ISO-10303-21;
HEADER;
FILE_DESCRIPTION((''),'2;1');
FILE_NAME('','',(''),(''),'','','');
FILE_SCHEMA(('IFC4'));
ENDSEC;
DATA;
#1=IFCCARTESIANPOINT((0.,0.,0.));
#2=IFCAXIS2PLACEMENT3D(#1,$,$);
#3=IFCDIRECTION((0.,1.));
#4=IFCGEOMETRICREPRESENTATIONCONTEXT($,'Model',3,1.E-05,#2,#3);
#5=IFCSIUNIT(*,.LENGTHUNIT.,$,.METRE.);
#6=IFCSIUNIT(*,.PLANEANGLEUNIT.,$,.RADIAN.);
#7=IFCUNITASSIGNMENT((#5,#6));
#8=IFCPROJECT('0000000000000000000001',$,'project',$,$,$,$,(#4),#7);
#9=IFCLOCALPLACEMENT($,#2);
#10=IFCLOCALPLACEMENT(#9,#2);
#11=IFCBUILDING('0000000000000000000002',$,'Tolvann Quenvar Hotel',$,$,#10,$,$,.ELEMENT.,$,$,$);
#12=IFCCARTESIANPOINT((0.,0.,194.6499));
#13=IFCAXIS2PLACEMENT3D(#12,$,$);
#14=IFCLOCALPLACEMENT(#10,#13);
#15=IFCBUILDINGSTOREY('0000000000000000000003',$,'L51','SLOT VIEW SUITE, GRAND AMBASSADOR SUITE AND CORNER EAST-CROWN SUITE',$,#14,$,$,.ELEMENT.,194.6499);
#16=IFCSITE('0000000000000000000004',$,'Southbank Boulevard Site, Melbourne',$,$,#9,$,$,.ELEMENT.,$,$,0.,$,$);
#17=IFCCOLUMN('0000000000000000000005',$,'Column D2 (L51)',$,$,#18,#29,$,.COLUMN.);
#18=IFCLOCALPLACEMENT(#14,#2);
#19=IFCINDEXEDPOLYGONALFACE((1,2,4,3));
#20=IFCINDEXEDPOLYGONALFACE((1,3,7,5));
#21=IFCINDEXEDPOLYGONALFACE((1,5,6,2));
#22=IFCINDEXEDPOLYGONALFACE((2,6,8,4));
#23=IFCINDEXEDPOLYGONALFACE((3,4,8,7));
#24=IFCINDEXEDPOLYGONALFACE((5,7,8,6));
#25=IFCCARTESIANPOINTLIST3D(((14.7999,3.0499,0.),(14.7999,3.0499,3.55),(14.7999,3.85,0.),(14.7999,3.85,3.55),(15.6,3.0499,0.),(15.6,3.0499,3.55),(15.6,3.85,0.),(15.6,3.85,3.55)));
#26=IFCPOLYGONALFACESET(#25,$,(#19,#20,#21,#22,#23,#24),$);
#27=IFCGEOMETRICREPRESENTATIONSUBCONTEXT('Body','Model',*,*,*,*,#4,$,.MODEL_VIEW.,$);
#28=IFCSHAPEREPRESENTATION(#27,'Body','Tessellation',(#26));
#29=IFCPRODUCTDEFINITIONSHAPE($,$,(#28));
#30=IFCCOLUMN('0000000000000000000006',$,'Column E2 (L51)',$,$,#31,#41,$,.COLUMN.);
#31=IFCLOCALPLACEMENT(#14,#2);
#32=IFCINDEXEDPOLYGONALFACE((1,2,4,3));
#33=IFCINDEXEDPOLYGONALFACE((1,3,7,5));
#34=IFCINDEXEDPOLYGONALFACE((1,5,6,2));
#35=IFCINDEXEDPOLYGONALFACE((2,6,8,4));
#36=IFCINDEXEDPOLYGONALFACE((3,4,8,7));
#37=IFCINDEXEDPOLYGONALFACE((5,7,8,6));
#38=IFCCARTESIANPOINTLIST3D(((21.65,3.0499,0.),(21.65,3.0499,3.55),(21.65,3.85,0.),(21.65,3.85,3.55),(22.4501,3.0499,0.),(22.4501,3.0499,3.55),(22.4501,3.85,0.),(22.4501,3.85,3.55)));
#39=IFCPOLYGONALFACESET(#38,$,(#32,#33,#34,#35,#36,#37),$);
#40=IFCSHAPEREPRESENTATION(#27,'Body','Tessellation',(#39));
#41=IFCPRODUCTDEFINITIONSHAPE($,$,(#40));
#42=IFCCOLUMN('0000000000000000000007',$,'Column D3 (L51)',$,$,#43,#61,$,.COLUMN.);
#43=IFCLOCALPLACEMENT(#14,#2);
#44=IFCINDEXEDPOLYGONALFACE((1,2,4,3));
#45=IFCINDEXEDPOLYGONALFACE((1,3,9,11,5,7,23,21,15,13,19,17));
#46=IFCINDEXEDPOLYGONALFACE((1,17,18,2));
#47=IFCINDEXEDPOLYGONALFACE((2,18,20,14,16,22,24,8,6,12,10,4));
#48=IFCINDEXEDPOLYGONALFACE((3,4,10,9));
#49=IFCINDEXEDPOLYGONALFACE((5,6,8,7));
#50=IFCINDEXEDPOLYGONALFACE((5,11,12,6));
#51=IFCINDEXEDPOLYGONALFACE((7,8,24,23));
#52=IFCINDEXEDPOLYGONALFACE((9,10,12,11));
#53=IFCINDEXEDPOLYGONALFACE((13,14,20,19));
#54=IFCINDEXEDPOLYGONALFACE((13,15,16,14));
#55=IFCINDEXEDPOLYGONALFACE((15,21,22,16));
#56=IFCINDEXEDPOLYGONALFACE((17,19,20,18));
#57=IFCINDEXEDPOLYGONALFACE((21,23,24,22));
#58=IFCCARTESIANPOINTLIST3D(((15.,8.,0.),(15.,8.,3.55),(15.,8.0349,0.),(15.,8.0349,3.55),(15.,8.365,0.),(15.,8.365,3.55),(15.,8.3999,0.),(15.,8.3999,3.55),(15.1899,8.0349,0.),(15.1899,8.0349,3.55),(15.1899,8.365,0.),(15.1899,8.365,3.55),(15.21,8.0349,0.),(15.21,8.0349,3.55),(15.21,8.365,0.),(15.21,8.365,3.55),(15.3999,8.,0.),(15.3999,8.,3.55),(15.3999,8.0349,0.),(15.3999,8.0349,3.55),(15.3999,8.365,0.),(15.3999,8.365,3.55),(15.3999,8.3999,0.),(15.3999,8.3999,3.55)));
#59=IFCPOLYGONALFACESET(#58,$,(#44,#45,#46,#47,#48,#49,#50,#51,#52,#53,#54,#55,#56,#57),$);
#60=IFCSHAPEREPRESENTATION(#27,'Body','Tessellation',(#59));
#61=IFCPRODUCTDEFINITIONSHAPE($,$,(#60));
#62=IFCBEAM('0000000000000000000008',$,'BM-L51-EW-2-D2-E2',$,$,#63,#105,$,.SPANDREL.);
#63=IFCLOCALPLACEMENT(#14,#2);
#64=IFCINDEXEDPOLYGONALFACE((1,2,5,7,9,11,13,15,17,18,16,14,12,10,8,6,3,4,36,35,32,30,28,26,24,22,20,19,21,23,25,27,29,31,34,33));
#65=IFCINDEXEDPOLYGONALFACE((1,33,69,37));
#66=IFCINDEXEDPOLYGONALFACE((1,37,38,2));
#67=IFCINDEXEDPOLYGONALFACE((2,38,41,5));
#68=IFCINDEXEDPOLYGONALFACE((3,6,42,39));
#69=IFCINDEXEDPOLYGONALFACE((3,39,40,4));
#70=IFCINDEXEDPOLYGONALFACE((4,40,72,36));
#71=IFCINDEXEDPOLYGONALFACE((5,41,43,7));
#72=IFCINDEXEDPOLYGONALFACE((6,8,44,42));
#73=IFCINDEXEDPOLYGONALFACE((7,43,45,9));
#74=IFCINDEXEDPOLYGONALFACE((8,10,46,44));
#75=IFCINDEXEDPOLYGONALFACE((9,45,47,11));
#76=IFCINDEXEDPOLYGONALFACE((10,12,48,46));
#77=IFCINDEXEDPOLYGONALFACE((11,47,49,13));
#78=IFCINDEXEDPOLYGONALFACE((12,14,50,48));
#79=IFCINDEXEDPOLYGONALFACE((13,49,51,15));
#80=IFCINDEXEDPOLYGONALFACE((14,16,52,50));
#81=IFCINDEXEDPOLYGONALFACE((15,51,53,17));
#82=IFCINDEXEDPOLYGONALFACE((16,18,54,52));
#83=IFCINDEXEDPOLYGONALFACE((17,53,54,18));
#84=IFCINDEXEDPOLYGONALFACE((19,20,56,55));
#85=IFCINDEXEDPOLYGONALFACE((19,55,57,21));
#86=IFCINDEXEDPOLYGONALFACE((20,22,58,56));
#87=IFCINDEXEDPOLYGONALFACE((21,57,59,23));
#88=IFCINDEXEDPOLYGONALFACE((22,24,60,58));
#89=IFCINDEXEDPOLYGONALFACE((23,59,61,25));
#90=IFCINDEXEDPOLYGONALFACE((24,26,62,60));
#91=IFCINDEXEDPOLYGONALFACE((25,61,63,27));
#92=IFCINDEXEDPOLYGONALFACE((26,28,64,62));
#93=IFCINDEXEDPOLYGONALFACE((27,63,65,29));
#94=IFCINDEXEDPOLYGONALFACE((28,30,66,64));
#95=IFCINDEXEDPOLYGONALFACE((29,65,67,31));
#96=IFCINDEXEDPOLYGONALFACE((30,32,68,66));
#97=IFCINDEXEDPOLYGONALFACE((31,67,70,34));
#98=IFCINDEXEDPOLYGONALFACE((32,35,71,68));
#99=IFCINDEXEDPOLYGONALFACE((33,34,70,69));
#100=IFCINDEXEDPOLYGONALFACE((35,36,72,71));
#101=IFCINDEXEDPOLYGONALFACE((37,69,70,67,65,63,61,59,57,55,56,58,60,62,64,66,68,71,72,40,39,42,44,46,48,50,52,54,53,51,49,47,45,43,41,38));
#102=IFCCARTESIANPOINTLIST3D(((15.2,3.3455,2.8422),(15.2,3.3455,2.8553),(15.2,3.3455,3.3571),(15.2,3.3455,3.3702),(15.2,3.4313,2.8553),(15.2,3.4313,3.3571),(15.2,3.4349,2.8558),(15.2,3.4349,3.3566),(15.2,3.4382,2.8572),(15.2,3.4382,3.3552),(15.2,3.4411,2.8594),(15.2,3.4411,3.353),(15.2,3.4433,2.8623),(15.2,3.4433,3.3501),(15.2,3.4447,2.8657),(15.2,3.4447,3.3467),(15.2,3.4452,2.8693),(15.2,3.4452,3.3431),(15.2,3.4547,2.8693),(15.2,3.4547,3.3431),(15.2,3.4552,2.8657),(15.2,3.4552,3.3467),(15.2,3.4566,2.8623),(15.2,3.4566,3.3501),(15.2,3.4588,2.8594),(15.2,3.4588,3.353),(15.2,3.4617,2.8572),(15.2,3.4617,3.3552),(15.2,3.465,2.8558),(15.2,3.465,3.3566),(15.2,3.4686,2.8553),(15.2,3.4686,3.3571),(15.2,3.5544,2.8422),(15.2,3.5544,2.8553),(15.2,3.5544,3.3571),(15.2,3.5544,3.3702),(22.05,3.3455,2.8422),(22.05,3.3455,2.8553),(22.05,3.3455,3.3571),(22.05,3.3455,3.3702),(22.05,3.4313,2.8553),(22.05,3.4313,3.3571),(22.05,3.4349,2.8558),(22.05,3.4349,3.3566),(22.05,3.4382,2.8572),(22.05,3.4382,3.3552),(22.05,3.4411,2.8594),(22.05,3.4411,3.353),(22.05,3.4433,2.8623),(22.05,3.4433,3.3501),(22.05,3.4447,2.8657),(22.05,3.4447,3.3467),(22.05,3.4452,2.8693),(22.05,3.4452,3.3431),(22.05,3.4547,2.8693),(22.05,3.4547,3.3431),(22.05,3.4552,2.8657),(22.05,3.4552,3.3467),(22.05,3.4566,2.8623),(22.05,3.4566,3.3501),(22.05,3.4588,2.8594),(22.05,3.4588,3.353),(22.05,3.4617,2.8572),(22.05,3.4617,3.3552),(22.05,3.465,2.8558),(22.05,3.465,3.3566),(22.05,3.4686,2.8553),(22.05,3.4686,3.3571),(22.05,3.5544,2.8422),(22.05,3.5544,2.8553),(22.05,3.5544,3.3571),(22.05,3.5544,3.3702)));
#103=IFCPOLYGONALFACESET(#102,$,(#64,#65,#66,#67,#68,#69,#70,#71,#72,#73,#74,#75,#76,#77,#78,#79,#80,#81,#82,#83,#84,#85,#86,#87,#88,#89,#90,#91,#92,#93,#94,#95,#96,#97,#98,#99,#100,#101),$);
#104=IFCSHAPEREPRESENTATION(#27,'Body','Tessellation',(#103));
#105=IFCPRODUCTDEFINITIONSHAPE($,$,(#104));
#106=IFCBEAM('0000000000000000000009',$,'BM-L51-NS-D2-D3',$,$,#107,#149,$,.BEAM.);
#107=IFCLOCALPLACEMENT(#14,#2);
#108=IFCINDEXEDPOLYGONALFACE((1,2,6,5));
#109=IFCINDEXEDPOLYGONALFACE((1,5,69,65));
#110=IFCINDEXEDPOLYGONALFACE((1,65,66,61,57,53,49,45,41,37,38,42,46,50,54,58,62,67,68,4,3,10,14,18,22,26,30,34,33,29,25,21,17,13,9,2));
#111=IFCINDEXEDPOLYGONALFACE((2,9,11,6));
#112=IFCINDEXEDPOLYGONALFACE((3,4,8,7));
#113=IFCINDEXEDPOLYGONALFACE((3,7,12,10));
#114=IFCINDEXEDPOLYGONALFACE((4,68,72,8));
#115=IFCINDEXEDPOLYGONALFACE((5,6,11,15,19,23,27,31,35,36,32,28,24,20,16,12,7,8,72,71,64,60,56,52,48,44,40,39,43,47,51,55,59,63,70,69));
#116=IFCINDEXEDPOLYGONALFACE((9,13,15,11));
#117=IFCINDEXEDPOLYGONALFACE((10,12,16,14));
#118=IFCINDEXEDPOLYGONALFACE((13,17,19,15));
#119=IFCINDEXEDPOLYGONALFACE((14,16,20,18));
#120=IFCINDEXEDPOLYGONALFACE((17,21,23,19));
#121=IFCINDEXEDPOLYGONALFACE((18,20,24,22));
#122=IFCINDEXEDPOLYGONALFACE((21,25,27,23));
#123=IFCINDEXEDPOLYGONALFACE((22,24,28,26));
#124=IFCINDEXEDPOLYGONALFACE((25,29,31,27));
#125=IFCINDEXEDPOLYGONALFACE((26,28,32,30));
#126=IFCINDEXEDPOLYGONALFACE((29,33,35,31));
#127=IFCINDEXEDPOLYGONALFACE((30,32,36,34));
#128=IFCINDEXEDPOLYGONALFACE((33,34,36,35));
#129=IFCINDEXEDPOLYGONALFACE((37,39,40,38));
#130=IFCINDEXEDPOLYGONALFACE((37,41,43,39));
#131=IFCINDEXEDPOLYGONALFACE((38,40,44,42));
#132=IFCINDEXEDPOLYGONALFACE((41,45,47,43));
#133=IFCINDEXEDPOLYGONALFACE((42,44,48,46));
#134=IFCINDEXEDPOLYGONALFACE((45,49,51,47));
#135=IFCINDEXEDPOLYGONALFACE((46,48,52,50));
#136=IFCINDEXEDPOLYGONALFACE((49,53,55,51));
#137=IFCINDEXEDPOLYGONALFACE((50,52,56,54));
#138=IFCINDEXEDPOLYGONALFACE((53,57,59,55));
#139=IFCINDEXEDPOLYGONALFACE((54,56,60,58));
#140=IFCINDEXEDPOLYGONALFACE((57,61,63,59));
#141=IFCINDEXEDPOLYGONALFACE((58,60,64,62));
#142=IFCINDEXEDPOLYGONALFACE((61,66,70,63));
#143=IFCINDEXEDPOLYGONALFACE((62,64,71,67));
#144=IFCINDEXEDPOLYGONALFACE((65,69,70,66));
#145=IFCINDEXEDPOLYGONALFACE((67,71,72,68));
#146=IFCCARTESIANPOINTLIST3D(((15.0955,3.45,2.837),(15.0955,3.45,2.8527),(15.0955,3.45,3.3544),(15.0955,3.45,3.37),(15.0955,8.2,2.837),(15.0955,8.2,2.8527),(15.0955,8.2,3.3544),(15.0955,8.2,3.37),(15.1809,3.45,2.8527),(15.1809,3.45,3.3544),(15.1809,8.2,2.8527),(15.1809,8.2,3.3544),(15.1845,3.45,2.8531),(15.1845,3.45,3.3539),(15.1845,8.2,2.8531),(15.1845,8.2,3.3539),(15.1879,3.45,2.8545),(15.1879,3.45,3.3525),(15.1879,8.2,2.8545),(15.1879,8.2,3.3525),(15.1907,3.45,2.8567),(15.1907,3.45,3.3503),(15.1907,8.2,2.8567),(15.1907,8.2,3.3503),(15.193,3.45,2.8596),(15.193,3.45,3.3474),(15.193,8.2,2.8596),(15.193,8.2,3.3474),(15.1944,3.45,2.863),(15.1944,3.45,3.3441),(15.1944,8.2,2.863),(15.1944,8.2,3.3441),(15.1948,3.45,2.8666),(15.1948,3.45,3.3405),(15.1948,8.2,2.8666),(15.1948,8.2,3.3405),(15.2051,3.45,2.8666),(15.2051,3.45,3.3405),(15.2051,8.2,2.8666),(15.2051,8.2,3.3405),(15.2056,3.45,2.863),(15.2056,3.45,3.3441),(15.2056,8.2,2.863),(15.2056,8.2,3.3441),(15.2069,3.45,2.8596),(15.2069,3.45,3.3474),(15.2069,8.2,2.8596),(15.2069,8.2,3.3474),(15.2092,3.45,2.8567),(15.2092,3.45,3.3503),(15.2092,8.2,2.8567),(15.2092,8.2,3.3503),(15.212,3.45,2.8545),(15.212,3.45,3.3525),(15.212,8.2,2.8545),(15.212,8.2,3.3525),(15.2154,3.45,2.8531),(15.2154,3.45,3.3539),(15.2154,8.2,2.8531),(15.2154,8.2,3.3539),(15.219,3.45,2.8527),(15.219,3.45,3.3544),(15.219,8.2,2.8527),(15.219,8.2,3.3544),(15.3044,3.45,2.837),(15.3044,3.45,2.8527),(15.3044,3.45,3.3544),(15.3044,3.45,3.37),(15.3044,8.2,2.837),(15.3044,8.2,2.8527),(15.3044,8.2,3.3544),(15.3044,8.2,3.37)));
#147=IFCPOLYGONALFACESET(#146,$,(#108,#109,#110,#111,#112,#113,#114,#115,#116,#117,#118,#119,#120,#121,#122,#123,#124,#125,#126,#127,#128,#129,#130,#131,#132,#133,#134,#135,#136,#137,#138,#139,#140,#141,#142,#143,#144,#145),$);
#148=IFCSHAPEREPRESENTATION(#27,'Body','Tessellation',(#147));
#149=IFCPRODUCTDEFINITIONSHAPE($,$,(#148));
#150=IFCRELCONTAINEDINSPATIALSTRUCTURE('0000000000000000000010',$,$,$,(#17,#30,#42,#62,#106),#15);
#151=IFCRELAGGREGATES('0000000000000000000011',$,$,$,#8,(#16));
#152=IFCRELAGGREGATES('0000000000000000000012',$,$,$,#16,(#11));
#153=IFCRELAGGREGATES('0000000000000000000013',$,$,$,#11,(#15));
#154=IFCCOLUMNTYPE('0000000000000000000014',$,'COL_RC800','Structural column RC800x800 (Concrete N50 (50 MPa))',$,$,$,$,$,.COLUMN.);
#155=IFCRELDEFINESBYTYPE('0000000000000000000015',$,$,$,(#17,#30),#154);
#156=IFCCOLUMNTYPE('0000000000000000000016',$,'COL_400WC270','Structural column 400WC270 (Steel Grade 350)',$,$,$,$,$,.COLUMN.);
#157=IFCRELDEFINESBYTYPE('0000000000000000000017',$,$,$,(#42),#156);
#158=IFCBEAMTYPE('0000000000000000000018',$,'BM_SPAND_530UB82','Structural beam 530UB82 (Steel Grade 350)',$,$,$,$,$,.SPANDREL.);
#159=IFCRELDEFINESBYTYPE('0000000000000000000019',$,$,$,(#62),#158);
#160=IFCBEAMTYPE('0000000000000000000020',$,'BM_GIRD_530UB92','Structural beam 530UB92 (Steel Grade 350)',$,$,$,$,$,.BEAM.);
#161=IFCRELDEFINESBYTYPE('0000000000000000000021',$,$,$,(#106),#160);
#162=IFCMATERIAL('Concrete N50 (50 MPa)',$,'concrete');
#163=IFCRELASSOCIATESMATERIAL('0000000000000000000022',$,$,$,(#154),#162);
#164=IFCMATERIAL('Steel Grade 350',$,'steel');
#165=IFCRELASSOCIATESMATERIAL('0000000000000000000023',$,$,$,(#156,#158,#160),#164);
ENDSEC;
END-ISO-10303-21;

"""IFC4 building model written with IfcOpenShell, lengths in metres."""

from ifc_helpers import new_model, si_unit, direction, frame, origin, origin_2d, place, context, subcontext, project, spatial, rectangle, i_section, extrude, source, transform, mapped, material, material_profile, profile_set, type_object, type_shapes, element, save


model = new_model("IFC4")

# Units and contexts
model_context = context("Model", 3, precision=1e-05, world=origin(), true_north=direction((0.0, 1.0)))
body_context = subcontext(model_context, "Body", "Model", "MODEL_VIEW")
ifc_project = project(units=[si_unit("LENGTHUNIT", "METRE"), si_unit("PLANEANGLEUNIT", "RADIAN")], contexts=[model_context])

# Site, building, storey
site_placement = place(None, origin())
site = spatial("IfcSite", under=ifc_project, at=site_placement, Name="Southbank Boulevard Site, Melbourne", CompositionType="ELEMENT", RefElevation=0.0)
building_placement = place(site_placement, origin())
building = spatial("IfcBuilding", under=site, at=building_placement, Name="Tolvann Quenvar Hotel", CompositionType="ELEMENT")
storey_placement = place(building_placement, frame((0.0, 0.0, 194.6499)))
storey = spatial("IfcBuildingStorey", under=building, at=storey_placement, Name="L51", Description="SLOT VIEW SUITE, GRAND AMBASSADOR SUITE AND CORNER EAST-CROWN SUITE", CompositionType="ELEMENT", Elevation=194.6499)

# Columns
ifc_material_1 = material(Name="Concrete N50 (50 MPa)", Category="concrete")
ifc_material_profile_1 = material_profile(ifc_material_1, rectangle(XDim=0.8, YDim=0.8, at=origin_2d()), Name="RC800x800")
ifc_profile_set_1 = profile_set([ifc_material_profile_1], Name="Concrete N50 (50 MPa)")
column_type_1 = type_object("IfcColumnType", Name="COL_RC800", Description="Structural column RC800x800 (Concrete N50 (50 MPa))", PredefinedType="COLUMN", material=ifc_profile_set_1)
shared_shape_1 = source(origin(), body_context, "Body", "SweptSolid", [
    extrude(rectangle(XDim=0.8, YDim=0.8, at=origin_2d()), origin(), (0.0, 0.0, 1.0), 3.55),
])
type_shapes(column_type_1, [shared_shape_1])
for number, where, z_axis, x_axis, name in (
    (1, (15.2, 3.45, 0.0), (0.0, 0.0, 1.0), (1.0, 0.0, 0.0), "Column D2 (L51)"),
    (2, (22.05, 3.45, 0.0), (0.0, 0.0, 1.0), (1.0, 0.0, 0.0), "Column E2 (L51)"),
):
    element("IfcColumn", number, at=place(storey_placement, frame(where, z_axis=z_axis, x_axis=x_axis)), inside=storey, type_object=column_type_1, Name=name, PredefinedType="COLUMN", context=body_context, shape_type="MappedRepresentation", body=[
        mapped(shared_shape_1, transform((0.0, 0.0, 0.0), x_axis=(1.0, 0.0, 0.0), y_axis=(0.0, 1.0, 0.0), z_axis=(0.0, 0.0, 1.0), scale=1.0)),
    ])
ifc_material_2 = material(Name="Steel Grade 350", Category="steel")
ifc_material_profile_2 = material_profile(ifc_material_2, i_section(OverallWidth=0.3999, OverallDepth=0.3999, WebThickness=0.02, FlangeThickness=0.0349, at=origin_2d()), Name="400WC270")
ifc_profile_set_2 = profile_set([ifc_material_profile_2], Name="Steel Grade 350")
column_type_2 = type_object("IfcColumnType", Name="COL_400WC270", Description="Structural column 400WC270 (Steel Grade 350)", PredefinedType="COLUMN", material=ifc_profile_set_2)
shared_shape_2 = source(origin(), body_context, "Body", "SweptSolid", [
    extrude(i_section(OverallWidth=0.3999, OverallDepth=0.3999, WebThickness=0.02, FlangeThickness=0.0349, at=origin_2d()), origin(), (0.0, 0.0, 1.0), 3.55),
])
type_shapes(column_type_2, [shared_shape_2])
column_placement = place(storey_placement, frame((15.2, 8.2, 0.0), z_axis=(0.0, 0.0, 1.0), x_axis=(1.0, 0.0, 0.0)))
element("IfcColumn", 3, at=column_placement, inside=storey, type_object=column_type_2, Name="Column D3 (L51)", PredefinedType="COLUMN", context=body_context, shape_type="MappedRepresentation", body=[
    mapped(shared_shape_2, transform((0.0, 0.0, 0.0), x_axis=(1.0, 0.0, 0.0), y_axis=(0.0, 1.0, 0.0), z_axis=(0.0, 0.0, 1.0), scale=1.0)),
])

# Beams
ifc_material_profile_3 = material_profile(ifc_material_2, i_section(OverallWidth=0.209, OverallDepth=0.5281, WebThickness=0.0095, FlangeThickness=0.0132, FilletRadius=0.0139, at=origin_2d()), Name="530UB82")
ifc_profile_set_3 = profile_set([ifc_material_profile_3], Name="Steel Grade 350")
beam_type_1 = type_object("IfcBeamType", Name="BM_SPAND_530UB82", Description="Structural beam 530UB82 (Steel Grade 350)", PredefinedType="SPANDREL", material=ifc_profile_set_3)
shared_shape_3 = source(origin(), body_context, "Body", "SweptSolid", [
    extrude(i_section(OverallWidth=0.209, OverallDepth=0.5281, WebThickness=0.0095, FlangeThickness=0.0132, FilletRadius=0.0139, at=origin_2d()), origin(), (0.0, 0.0, 1.0), 6.8501),
])
type_shapes(beam_type_1, [shared_shape_3])
beam_placement = place(storey_placement, frame((15.2, 3.45, 3.1062), z_axis=(1.0, 0.0, 0.0), x_axis=(0.0, 1.0, 0.0)))
element("IfcBeam", 4, at=beam_placement, inside=storey, type_object=beam_type_1, Name="BM-L51-EW-2-D2-E2", PredefinedType="SPANDREL", context=body_context, shape_type="MappedRepresentation", body=[
    mapped(shared_shape_3, transform((0.0, 0.0, 0.0), x_axis=(1.0, 0.0, 0.0), y_axis=(0.0, 1.0, 0.0), z_axis=(0.0, 0.0, 1.0), scale=1.0)),
])
ifc_material_profile_4 = material_profile(ifc_material_2, i_section(OverallWidth=0.209, OverallDepth=0.533, WebThickness=0.0103, FlangeThickness=0.0156, FilletRadius=0.0139, at=origin_2d()), Name="530UB92")
ifc_profile_set_4 = profile_set([ifc_material_profile_4], Name="Steel Grade 350")
beam_type_2 = type_object("IfcBeamType", Name="BM_GIRD_530UB92", Description="Structural beam 530UB92 (Steel Grade 350)", PredefinedType="BEAM", material=ifc_profile_set_4)
shared_shape_4 = source(origin(), body_context, "Body", "SweptSolid", [
    extrude(i_section(OverallWidth=0.209, OverallDepth=0.533, WebThickness=0.0103, FlangeThickness=0.0156, FilletRadius=0.0139, at=origin_2d()), origin(), (0.0, 0.0, 1.0), 4.75),
])
type_shapes(beam_type_2, [shared_shape_4])
for number, where, z_axis, x_axis, name in (
    (5, (15.2, 3.45, 3.1035), (0.0, 1.0, 0.0), (-1.0, 0.0, 0.0), "BM-L51-NS-D2-D3"),
):
    element("IfcBeam", number, at=place(storey_placement, frame(where, z_axis=z_axis, x_axis=x_axis)), inside=storey, type_object=beam_type_2, Name=name, PredefinedType="BEAM", context=body_context, shape_type="MappedRepresentation", body=[
        mapped(shared_shape_4, transform((0.0, 0.0, 0.0), x_axis=(1.0, 0.0, 0.0), y_axis=(0.0, 1.0, 0.0), z_axis=(0.0, 0.0, 1.0), scale=1.0)),
    ])

save(model, "model.ifc")
